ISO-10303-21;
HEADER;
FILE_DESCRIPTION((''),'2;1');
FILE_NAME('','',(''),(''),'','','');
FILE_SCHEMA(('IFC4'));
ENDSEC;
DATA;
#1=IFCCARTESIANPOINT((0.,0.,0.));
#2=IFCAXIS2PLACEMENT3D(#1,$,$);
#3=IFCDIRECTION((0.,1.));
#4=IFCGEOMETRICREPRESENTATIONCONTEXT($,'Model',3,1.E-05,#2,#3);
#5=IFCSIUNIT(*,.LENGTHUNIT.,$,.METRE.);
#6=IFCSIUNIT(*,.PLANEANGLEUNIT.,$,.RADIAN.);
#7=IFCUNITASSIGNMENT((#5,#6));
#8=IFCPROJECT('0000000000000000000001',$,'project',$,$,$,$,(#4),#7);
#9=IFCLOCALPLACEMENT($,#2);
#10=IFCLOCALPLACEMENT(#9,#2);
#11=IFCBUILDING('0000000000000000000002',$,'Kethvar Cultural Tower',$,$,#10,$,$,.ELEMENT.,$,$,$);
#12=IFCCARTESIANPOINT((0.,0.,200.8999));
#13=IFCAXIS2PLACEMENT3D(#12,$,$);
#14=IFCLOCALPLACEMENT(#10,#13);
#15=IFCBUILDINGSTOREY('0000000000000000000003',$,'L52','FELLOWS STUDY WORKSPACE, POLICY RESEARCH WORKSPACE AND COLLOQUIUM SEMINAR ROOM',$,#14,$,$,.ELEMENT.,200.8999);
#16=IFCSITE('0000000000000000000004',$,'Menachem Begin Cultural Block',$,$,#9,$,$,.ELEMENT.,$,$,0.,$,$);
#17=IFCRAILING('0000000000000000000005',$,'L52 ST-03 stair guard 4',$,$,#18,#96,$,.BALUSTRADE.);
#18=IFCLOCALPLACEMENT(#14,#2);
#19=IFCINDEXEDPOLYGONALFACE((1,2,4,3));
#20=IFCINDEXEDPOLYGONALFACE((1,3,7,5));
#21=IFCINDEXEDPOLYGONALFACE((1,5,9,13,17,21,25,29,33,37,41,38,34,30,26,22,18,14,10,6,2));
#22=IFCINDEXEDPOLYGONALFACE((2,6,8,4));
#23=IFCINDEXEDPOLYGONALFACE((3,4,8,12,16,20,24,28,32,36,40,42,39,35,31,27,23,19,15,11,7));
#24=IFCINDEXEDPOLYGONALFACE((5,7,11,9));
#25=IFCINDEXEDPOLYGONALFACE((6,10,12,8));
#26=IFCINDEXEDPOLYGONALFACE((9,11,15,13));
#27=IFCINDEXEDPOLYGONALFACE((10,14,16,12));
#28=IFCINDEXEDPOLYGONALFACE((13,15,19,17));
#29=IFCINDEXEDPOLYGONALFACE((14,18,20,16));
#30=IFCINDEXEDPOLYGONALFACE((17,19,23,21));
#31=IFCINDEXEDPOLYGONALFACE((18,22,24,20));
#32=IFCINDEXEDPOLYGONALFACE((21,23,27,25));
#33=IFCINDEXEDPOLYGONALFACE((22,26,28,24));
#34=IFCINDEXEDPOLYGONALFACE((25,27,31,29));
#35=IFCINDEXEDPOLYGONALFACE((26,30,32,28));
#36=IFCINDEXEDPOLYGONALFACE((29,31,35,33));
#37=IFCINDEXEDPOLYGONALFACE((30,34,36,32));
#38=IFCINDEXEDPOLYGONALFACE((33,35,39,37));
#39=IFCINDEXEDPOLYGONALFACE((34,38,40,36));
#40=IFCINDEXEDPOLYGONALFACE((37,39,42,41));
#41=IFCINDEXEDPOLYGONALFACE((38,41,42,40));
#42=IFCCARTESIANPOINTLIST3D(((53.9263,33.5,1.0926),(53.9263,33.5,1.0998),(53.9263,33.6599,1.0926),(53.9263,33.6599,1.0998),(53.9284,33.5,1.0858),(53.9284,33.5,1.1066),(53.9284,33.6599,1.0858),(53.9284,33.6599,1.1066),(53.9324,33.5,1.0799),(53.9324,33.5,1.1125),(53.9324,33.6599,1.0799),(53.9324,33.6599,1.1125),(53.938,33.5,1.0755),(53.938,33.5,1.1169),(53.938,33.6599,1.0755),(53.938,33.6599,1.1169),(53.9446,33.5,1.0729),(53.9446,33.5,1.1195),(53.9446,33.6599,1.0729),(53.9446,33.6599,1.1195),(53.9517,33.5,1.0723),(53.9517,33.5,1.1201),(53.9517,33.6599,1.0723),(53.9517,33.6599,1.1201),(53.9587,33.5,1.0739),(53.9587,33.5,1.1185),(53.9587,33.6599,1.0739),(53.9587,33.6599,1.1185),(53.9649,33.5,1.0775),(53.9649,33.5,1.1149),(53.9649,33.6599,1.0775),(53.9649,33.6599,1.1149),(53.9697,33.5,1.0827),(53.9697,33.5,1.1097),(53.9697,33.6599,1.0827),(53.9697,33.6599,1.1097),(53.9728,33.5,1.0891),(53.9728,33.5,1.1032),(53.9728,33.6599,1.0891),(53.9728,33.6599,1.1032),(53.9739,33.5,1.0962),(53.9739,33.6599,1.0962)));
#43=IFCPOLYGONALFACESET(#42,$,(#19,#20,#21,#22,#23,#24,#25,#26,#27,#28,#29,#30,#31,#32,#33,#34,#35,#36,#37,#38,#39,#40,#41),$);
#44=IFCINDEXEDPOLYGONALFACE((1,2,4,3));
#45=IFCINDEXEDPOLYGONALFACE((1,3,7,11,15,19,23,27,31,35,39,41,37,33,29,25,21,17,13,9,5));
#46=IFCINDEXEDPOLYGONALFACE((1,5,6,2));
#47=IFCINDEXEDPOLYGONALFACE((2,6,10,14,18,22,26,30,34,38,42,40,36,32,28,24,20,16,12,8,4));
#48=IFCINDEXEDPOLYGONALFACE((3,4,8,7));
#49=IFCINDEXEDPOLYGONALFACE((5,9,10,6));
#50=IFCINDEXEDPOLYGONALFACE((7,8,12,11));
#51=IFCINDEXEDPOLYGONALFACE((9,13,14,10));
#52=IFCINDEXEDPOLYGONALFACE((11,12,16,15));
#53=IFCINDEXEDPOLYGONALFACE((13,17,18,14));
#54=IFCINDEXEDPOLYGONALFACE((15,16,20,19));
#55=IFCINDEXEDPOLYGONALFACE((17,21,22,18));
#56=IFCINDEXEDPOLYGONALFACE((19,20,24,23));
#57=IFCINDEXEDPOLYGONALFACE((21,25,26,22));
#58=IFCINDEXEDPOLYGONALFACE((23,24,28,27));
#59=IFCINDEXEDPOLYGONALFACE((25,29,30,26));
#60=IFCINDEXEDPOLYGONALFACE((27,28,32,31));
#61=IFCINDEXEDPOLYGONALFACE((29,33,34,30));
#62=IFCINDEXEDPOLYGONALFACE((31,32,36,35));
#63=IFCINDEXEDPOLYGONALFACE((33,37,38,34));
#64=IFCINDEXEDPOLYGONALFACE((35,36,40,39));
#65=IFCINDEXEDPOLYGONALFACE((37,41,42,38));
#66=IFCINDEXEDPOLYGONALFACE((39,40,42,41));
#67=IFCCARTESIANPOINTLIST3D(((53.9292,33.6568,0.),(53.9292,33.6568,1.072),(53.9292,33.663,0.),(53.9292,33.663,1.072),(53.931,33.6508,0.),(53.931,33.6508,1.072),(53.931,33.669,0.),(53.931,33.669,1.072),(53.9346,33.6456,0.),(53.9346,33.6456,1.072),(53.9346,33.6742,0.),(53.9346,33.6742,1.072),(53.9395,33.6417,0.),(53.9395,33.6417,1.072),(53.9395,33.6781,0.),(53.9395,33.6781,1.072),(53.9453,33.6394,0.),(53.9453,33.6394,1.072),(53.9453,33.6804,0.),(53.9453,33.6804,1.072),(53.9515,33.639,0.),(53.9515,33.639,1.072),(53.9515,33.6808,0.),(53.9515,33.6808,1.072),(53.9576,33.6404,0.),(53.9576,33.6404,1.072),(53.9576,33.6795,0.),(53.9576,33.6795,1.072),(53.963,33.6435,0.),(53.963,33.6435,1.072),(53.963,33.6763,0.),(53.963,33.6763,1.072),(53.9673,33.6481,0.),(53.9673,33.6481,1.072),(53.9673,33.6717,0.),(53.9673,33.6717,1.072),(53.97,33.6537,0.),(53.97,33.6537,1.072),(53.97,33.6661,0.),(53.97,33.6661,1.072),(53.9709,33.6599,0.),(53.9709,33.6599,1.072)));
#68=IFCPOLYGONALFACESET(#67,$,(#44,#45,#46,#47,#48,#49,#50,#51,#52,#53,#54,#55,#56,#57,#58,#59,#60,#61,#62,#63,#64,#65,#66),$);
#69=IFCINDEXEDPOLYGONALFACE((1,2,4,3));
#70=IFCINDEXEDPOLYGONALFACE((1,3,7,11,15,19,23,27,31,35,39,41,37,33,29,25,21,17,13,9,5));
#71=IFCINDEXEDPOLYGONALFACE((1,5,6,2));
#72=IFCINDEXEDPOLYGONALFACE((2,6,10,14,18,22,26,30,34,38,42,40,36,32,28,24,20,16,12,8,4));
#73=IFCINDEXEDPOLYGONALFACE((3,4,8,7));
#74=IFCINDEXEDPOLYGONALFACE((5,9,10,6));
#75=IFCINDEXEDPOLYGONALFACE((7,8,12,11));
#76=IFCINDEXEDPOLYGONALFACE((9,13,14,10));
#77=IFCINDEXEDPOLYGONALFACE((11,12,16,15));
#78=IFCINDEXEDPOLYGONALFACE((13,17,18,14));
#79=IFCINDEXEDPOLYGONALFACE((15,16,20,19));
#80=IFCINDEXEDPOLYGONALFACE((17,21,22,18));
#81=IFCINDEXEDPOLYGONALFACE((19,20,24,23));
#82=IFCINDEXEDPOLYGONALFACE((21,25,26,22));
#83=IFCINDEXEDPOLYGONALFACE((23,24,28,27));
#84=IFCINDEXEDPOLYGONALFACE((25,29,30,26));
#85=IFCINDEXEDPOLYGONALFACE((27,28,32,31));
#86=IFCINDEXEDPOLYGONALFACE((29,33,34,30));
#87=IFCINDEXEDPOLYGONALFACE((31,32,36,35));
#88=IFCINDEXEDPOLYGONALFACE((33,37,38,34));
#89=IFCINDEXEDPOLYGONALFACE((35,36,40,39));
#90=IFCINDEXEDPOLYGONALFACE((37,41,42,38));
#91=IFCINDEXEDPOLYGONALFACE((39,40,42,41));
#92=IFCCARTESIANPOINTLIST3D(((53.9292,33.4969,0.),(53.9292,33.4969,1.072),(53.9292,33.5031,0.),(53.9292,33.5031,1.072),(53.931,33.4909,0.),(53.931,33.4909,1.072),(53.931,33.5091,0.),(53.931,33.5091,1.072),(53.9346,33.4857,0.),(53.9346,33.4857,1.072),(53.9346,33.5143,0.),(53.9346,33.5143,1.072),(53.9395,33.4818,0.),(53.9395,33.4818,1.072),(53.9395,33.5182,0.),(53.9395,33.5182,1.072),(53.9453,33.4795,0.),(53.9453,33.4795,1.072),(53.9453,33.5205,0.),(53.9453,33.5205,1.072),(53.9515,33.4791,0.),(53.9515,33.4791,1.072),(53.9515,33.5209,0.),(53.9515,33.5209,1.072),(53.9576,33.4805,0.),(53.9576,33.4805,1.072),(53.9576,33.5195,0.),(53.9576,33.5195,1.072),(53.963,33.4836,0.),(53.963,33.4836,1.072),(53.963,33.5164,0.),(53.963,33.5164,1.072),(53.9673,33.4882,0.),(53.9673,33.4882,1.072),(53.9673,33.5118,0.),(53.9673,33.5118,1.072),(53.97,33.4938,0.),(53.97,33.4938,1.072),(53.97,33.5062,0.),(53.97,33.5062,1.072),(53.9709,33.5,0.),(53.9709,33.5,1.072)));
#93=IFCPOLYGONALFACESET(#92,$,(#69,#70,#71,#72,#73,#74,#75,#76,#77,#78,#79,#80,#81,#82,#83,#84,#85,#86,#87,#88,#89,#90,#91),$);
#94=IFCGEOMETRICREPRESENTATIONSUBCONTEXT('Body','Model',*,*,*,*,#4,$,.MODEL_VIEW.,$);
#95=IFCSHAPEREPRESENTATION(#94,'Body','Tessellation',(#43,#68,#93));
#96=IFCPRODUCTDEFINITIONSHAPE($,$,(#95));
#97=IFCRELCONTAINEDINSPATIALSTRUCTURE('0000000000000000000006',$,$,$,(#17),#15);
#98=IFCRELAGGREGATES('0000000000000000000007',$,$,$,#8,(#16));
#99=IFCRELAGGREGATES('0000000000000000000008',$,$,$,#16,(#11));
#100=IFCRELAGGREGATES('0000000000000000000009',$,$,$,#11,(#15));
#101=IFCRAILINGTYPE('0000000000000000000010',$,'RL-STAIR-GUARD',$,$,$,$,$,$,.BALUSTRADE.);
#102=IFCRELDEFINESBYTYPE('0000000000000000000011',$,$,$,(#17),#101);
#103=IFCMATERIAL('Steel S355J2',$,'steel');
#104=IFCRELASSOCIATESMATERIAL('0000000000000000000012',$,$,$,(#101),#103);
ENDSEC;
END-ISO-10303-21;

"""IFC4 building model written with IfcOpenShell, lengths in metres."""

from ifc_helpers import new_model, si_unit, direction, frame, origin, origin_2d, place, context, subcontext, project, spatial, circle, extrude, material, type_object, element, save


model = new_model("IFC4")

# Units and contexts
model_context = context("Model", 3, precision=1e-05, world=origin(), true_north=direction((0.0, 1.0)))
body_context = subcontext(model_context, "Body", "Model", "MODEL_VIEW")
ifc_project = project(units=[si_unit("LENGTHUNIT", "METRE"), si_unit("PLANEANGLEUNIT", "RADIAN")], contexts=[model_context])

# Site, building, storey
site_placement = place(None, origin())
site = spatial("IfcSite", under=ifc_project, at=site_placement, Name="Menachem Begin Cultural Block", CompositionType="ELEMENT", RefElevation=0.0)
building_placement = place(site_placement, origin())
building = spatial("IfcBuilding", under=site, at=building_placement, Name="Kethvar Cultural Tower", CompositionType="ELEMENT")
storey_placement = place(building_placement, frame((0.0, 0.0, 200.8999)))
storey = spatial("IfcBuildingStorey", under=building, at=storey_placement, Name="L52", Description="FELLOWS STUDY WORKSPACE, POLICY RESEARCH WORKSPACE AND COLLOQUIUM SEMINAR ROOM", CompositionType="ELEMENT", Elevation=200.8999)

# Shared definitions
ifc_material_1 = material(Name="Steel S355J2", Category="steel")

# Railing
railing_type_1 = type_object("IfcRailingType", Name="RL-STAIR-GUARD", PredefinedType="BALUSTRADE", material=ifc_material_1)
railing_1_placement = place(storey_placement, frame((53.95, 33.6599, 0.0)))
element("IfcRailing", 1, at=railing_1_placement, inside=storey, type_object=railing_type_1, Name="L52 ST-03 stair guard 4", PredefinedType="BALUSTRADE", context=body_context, shape_type="SweptSolid", body=[
    extrude(circle(Radius=0.0239, at=origin_2d()), frame((0.0, 0.0, 1.0962), z_axis=(0.0, -1.0, 0.0), x_axis=(1.0, 0.0, 0.0)), (0.0, 0.0, 1.0), 0.1599),
    extrude(circle(Radius=0.021, at=origin_2d()), origin(), (0.0, 0.0, 1.0), 1.072),
    extrude(circle(Radius=0.021, at=origin_2d()), frame((0.0, -0.1599, 0.0)), (0.0, 0.0, 1.0), 1.072),
])

save(model, "model.ifc")
